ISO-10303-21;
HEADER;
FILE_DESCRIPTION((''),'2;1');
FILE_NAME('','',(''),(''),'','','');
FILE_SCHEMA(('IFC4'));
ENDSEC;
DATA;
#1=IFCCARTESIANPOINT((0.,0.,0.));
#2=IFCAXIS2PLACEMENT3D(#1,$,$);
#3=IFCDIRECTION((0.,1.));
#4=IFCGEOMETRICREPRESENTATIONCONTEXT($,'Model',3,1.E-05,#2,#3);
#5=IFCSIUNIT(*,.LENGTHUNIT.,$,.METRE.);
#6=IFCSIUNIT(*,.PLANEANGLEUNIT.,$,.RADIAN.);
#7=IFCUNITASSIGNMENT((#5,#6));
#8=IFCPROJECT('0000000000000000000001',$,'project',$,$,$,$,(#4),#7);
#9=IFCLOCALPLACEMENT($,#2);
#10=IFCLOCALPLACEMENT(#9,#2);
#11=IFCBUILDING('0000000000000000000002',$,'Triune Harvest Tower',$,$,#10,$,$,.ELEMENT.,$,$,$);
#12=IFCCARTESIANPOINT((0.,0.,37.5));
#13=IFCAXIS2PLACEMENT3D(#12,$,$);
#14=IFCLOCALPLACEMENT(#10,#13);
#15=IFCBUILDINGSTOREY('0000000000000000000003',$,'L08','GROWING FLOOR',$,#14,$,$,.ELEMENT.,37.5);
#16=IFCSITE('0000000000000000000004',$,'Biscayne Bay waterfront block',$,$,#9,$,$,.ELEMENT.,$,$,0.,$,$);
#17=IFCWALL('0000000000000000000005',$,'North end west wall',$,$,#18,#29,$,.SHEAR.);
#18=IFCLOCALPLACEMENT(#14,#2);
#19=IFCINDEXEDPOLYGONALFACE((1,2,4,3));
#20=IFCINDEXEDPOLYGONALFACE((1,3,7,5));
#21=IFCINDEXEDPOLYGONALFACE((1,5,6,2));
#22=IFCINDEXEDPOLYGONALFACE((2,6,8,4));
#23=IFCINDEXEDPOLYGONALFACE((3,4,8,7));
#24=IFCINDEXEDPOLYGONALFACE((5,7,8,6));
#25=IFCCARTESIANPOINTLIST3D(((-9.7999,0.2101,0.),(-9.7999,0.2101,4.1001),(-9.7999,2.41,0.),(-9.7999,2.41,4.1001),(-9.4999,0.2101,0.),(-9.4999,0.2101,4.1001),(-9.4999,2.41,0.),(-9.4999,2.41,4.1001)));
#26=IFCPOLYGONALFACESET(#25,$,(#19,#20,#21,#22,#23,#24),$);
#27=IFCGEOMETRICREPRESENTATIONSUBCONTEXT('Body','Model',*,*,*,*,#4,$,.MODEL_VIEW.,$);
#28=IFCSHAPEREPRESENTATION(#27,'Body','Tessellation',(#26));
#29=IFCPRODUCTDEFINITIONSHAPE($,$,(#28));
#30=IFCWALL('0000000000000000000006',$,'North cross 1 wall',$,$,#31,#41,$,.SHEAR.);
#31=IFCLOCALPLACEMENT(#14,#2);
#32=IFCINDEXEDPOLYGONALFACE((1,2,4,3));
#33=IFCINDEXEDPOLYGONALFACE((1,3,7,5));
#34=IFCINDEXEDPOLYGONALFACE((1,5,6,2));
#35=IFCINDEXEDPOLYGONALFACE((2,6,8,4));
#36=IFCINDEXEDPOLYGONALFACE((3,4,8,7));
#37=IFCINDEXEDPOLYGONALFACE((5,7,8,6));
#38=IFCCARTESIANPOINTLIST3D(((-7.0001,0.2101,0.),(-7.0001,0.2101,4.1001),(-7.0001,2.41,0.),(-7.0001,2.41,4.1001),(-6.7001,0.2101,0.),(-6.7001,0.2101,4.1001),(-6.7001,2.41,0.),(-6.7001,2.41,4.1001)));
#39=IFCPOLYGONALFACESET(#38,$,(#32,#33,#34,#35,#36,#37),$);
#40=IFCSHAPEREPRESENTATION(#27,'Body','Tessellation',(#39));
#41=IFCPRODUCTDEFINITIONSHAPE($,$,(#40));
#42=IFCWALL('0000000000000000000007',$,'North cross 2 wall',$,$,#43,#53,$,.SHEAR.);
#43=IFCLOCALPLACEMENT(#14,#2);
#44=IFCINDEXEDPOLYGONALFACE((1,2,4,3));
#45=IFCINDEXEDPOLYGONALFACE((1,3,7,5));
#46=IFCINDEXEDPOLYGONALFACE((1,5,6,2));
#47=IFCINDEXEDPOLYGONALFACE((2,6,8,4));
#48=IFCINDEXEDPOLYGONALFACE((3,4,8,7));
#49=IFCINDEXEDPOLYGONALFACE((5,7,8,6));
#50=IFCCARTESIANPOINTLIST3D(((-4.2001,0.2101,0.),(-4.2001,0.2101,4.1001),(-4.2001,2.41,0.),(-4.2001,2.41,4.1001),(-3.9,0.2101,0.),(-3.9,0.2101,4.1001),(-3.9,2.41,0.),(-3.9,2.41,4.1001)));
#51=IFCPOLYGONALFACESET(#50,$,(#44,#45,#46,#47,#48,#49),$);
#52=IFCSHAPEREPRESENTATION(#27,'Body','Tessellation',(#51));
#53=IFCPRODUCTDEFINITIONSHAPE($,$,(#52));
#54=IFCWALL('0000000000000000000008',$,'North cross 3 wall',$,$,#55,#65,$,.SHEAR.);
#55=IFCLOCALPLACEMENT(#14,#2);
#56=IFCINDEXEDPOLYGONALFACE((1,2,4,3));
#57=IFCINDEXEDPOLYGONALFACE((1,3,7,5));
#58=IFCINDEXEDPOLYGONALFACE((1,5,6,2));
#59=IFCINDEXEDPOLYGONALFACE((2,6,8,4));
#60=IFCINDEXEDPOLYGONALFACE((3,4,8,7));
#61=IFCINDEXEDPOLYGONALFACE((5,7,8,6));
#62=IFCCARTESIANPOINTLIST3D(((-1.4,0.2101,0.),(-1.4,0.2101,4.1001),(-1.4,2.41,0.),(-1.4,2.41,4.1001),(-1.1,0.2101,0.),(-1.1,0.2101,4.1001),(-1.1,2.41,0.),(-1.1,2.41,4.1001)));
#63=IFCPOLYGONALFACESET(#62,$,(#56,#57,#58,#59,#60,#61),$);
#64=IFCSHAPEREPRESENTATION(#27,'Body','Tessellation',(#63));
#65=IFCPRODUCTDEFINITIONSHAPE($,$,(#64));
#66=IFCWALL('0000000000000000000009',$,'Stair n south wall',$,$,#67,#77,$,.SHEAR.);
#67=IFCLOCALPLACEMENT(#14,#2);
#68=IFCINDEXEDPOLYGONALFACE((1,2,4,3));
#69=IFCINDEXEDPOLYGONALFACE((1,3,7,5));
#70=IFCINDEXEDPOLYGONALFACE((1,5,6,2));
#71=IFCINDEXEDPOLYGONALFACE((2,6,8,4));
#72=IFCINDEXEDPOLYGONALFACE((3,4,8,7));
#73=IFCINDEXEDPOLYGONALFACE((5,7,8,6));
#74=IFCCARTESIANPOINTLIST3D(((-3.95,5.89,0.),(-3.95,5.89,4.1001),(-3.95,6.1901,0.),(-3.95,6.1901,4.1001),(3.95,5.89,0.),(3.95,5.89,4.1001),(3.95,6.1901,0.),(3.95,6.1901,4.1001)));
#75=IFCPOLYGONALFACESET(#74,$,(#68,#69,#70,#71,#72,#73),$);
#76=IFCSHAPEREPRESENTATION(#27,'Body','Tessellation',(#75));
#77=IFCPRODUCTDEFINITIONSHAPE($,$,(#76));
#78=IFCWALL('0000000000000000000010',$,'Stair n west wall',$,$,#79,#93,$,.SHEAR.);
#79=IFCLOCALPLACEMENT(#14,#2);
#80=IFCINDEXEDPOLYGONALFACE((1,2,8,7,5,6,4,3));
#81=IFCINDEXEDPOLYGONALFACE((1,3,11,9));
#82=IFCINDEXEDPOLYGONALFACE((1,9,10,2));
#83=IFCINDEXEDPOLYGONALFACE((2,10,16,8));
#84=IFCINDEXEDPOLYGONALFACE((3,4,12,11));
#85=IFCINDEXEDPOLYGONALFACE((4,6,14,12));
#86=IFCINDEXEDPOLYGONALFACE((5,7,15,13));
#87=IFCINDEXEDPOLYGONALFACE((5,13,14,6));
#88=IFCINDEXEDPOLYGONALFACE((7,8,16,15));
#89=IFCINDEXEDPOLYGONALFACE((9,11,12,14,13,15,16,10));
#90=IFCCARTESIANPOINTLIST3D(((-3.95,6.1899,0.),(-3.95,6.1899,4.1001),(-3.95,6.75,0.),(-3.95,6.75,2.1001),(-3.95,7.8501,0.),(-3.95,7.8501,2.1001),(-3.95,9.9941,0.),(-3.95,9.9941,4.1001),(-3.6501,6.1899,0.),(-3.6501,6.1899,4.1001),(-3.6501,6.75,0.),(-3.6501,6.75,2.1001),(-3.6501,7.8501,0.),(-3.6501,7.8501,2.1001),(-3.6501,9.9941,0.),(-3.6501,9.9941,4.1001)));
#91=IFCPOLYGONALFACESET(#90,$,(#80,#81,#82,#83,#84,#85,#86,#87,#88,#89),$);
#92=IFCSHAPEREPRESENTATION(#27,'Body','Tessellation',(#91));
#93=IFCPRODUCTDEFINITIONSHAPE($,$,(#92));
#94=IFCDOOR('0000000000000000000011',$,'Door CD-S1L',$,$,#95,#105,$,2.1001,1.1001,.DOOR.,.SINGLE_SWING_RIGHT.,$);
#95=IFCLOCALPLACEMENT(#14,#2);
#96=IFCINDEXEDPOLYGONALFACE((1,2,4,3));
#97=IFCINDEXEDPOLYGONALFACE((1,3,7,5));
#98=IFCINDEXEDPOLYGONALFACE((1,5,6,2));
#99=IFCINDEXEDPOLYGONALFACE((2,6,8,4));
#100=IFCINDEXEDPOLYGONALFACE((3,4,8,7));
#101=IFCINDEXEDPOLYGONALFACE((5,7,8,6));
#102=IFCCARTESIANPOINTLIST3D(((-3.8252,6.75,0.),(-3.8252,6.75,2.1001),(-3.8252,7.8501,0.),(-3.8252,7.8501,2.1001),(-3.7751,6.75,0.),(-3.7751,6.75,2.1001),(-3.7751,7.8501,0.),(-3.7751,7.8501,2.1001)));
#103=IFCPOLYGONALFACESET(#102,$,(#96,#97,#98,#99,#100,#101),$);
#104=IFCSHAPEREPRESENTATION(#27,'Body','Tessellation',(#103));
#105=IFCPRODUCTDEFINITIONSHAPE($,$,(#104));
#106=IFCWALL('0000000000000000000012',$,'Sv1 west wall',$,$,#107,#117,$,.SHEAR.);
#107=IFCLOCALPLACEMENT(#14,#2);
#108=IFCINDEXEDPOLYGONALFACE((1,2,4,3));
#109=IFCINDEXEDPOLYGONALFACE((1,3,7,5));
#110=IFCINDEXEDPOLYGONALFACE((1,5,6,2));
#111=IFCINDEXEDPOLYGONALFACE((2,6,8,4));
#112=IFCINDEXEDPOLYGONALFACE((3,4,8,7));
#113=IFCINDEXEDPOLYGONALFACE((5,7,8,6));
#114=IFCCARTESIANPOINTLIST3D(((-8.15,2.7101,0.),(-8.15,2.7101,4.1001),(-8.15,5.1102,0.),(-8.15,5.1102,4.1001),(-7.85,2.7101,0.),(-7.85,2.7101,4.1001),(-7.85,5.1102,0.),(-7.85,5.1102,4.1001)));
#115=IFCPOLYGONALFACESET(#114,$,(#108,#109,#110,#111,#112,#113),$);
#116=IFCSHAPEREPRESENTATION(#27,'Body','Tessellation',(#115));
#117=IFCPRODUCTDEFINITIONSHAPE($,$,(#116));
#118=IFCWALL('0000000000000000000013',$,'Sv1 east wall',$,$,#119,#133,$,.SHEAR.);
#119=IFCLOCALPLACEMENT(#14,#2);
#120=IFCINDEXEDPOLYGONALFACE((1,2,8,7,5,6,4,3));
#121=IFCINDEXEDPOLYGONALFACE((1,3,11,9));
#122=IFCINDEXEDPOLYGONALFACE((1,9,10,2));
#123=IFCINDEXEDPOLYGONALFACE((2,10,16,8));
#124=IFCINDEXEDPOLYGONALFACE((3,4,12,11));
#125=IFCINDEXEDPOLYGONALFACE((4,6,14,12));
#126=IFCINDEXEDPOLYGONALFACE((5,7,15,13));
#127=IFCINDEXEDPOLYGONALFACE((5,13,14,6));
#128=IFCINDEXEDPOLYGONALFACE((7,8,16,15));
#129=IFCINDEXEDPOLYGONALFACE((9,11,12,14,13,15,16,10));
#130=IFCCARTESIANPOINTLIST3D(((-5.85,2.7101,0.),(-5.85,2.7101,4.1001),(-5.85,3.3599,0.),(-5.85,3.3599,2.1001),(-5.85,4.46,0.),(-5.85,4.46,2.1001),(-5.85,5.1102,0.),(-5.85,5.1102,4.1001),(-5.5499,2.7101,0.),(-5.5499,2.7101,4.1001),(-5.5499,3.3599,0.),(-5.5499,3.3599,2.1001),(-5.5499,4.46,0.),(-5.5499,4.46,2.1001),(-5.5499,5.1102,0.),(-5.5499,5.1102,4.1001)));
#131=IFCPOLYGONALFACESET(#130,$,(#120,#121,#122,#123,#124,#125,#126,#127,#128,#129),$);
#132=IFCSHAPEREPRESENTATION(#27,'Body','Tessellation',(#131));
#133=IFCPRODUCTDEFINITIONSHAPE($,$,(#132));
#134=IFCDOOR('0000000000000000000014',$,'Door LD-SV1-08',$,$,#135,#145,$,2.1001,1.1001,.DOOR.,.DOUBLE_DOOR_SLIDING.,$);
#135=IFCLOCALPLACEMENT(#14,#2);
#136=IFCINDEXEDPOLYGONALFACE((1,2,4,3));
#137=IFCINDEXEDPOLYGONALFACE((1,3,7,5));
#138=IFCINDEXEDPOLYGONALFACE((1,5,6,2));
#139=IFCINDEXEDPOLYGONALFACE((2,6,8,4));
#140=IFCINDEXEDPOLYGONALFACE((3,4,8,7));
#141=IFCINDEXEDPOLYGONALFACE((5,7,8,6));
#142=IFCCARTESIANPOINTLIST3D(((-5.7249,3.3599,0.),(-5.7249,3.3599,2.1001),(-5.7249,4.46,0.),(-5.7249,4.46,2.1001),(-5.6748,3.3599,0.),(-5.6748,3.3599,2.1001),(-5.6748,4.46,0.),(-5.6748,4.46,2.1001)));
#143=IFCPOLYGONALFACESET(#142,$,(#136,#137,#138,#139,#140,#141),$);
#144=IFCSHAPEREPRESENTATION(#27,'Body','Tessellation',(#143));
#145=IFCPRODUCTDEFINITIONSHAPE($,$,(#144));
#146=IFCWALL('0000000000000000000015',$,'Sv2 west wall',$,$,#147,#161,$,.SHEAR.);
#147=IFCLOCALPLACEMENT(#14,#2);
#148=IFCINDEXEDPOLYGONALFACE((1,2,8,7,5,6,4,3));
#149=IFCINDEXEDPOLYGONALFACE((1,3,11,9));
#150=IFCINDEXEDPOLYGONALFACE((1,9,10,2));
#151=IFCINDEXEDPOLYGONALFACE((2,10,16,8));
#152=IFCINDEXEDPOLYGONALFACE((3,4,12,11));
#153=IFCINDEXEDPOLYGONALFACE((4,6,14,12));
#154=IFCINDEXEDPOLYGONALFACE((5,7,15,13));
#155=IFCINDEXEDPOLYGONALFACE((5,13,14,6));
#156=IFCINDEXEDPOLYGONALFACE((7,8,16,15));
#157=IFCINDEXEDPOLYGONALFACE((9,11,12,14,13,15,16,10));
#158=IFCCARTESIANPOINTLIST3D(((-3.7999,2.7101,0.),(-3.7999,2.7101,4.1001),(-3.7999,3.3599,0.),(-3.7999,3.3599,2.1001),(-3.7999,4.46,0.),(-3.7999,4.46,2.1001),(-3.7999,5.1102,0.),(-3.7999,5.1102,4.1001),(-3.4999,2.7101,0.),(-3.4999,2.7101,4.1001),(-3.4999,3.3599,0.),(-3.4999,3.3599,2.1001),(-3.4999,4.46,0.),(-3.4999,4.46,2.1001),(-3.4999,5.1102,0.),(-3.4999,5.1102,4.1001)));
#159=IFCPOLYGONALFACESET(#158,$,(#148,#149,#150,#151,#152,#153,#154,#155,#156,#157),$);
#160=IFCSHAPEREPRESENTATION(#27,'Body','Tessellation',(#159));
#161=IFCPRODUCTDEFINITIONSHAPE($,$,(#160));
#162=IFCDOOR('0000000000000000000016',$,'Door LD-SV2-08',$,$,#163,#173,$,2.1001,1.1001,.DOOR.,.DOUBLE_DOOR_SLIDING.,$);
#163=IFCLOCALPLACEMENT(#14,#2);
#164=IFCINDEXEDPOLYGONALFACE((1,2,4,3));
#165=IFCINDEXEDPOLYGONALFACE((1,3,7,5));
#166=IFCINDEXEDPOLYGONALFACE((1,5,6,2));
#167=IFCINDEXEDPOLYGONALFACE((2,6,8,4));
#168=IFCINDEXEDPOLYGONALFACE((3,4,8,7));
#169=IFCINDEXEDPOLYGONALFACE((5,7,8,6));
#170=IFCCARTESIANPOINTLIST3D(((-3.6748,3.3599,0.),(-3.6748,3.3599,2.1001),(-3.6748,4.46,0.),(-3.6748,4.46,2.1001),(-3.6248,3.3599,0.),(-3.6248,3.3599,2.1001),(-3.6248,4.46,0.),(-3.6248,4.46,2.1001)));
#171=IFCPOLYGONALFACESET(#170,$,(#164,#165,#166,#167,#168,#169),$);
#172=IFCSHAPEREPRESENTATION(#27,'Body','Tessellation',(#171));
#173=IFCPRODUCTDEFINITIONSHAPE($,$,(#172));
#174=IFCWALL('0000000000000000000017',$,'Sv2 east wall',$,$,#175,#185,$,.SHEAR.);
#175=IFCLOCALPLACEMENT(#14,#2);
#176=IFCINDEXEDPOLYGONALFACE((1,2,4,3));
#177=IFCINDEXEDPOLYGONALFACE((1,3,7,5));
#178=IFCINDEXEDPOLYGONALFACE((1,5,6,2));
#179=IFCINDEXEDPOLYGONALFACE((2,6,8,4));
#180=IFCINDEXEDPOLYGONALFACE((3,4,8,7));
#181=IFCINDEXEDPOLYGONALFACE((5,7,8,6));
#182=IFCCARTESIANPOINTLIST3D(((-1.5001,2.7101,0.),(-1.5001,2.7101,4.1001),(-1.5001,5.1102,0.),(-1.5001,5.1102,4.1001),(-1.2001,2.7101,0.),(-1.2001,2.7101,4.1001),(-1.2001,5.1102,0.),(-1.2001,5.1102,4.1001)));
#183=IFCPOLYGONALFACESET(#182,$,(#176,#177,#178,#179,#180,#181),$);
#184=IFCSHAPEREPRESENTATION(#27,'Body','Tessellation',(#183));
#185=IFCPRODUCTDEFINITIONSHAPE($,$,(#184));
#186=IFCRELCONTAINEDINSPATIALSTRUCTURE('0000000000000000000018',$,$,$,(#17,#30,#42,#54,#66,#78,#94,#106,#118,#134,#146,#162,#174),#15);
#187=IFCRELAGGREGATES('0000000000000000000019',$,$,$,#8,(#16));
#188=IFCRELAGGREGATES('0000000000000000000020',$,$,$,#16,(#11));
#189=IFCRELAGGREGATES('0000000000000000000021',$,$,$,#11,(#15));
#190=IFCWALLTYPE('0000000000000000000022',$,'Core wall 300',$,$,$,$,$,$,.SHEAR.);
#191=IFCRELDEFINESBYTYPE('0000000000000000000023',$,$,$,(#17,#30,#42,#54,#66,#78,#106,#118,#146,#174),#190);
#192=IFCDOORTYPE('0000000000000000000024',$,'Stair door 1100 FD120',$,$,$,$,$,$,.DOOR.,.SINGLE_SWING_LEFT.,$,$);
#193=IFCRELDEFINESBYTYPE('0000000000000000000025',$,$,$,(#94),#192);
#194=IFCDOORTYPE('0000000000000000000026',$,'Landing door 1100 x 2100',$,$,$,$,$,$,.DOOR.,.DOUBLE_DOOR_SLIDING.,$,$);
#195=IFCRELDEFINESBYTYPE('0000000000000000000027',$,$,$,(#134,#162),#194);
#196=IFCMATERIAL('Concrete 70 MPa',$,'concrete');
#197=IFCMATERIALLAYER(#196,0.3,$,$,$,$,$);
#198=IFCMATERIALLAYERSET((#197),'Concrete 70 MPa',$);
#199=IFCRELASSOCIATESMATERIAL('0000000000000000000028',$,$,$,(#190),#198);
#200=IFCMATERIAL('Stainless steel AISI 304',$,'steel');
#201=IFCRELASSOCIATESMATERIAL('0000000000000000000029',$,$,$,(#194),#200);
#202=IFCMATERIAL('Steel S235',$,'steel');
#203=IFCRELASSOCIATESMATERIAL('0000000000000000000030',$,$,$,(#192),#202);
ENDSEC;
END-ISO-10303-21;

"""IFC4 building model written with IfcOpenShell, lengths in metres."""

from ifc_helpers import new_model, si_unit, direction, frame, frame_2d, origin, place, context, subcontext, project, spatial, polyline, rectangle, outline, extrude, source, transform, mapped, material, layer, layer_set, type_object, element, fill, save


model = new_model("IFC4")

# Units and contexts
model_context = context("Model", 3, precision=1e-05, world=origin(), true_north=direction((0.0, 1.0)))
body_context = subcontext(model_context, "Body", "Model", "MODEL_VIEW")
ifc_project = project(units=[si_unit("LENGTHUNIT", "METRE"), si_unit("PLANEANGLEUNIT", "RADIAN")], contexts=[model_context])

# Site, building, storey
site_placement = place(None, origin())
site = spatial("IfcSite", under=ifc_project, at=site_placement, Name="Biscayne Bay waterfront block", CompositionType="ELEMENT", RefElevation=0.0)
building_placement = place(site_placement, origin())
building = spatial("IfcBuilding", under=site, at=building_placement, Name="Triune Harvest Tower", CompositionType="ELEMENT")
storey_placement = place(building_placement, frame((0.0, 0.0, 37.5)))
storey = spatial("IfcBuildingStorey", under=building, at=storey_placement, Name="L08", Description="GROWING FLOOR", CompositionType="ELEMENT", Elevation=37.5)

# Shared definitions
ifc_material_1 = material(Name="Concrete 70 MPa", Category="concrete")
ifc_layer_1 = layer(ifc_material_1, 0.3)
ifc_layer_set_1 = layer_set([ifc_layer_1], Name="Concrete 70 MPa")
wall_type = type_object("IfcWallType", Name="Core wall 300", PredefinedType="SHEAR", material=ifc_layer_set_1)
ifc_material_2 = material(Name="Stainless steel AISI 304", Category="steel")
door_type_1 = type_object("IfcDoorType", Name="Landing door 1100 x 2100", OperationType="DOUBLE_DOOR_SLIDING", PredefinedType="DOOR", material=ifc_material_2)

# Walls
shared_shape_1 = source(origin(), body_context, "Body", "SweptSolid", [
    extrude(rectangle(XDim=2.2, YDim=0.3, at=frame_2d((1.1001, 0.0))), origin(), (0.0, 0.0, 1.0), 4.1001),
])
for number, where, z_axis, x_axis, name in (
    (1, (-9.6499, 0.21, 0.0), (0.0, 0.0, 1.0), (0.0, 1.0, 0.0), "North end west wall"),
    (2, (-6.8501, 0.21, 0.0), (0.0, 0.0, 1.0), (0.0, 1.0, 0.0), "North cross 1 wall"),
    (3, (-4.05, 0.21, 0.0), (0.0, 0.0, 1.0), (0.0, 1.0, 0.0), "North cross 2 wall"),
    (4, (-1.25, 0.21, 0.0), (0.0, 0.0, 1.0), (0.0, 1.0, 0.0), "North cross 3 wall"),
):
    element("IfcWall", number, at=place(storey_placement, frame(where, z_axis=z_axis, x_axis=x_axis)), inside=storey, type_object=wall_type, Name=name, PredefinedType="SHEAR", context=body_context, shape_type="MappedRepresentation", body=[
        mapped(shared_shape_1, transform((0.0, 0.0, 0.0), scale=1.0)),
    ])
shared_shape_2 = source(origin(), body_context, "Body", "SweptSolid", [
    extrude(rectangle(XDim=7.8999, YDim=0.3, at=frame_2d((3.95, 0.0))), origin(), (0.0, 0.0, 1.0), 4.1001),
])
wall_1_placement = place(storey_placement, frame((-3.95, 6.04, 0.0), z_axis=(0.0, 0.0, 1.0), x_axis=(1.0, 0.0, 0.0)))
element("IfcWall", 5, at=wall_1_placement, inside=storey, type_object=wall_type, Name="Stair n south wall", PredefinedType="SHEAR", context=body_context, shape_type="MappedRepresentation", body=[
    mapped(shared_shape_2, transform((0.0, 0.0, 0.0), scale=1.0)),
])

# Wall, opening, door
shared_shape_3 = source(origin(), body_context, "Body", "SweptSolid", [
    extrude(outline(polyline([(0.0, -0.1499), (0.0, 0.1499), (3.8042, 0.1499), (3.8042, -0.1499), (0.0, -0.1499)])), origin(), (0.0, 0.0, 1.0), 4.1001),
])
wall_2_placement = place(storey_placement, frame((-3.8, 6.1899, 0.0), z_axis=(0.0, 0.0, 1.0), x_axis=(0.0, 1.0, 0.0)))
wall_2 = element("IfcWall", 6, at=wall_2_placement, inside=storey, type_object=wall_type, Name="Stair n west wall", PredefinedType="SHEAR", context=body_context, shape_type="MappedRepresentation", body=[
    mapped(shared_shape_3, transform((0.0, 0.0, 0.0), scale=1.0)),
])
opening_1_placement = place(wall_2_placement, frame((0.5601, 0.0, 0.0)))
opening_1 = element("IfcOpeningElement", 7, at=opening_1_placement, cuts=wall_2, PredefinedType="OPENING", context=body_context, shape_type="SweptSolid", body=[
    extrude(rectangle(XDim=1.1001, YDim=2.1001, at=frame_2d((0.55, 1.05))), frame((0.0, 0.1602, 0.0), z_axis=(0.0, -1.0, 0.0), x_axis=(1.0, 0.0, 0.0)), (0.0, 0.0, 1.0), 0.3201),
])
ifc_material_3 = material(Name="Steel S235", Category="steel")
door_type_2 = type_object("IfcDoorType", Name="Stair door 1100 FD120", OperationType="SINGLE_SWING_LEFT", PredefinedType="DOOR", material=ifc_material_3)
door_1_placement = place(opening_1_placement, frame((1.1001, 0.0, 0.0), z_axis=(0.0, 0.0, 1.0), x_axis=(-1.0, 0.0, 0.0)))
door_1 = element("IfcDoor", 8, at=door_1_placement, inside=storey, type_object=door_type_2, Name="Door CD-S1L", OperationType="SINGLE_SWING_RIGHT", OverallHeight=2.1001, OverallWidth=1.1001, PredefinedType="DOOR", context=body_context, shape_type="SweptSolid", body=[
    extrude(rectangle(XDim=1.1001, YDim=2.1001, at=frame_2d((0.55, 1.05))), frame((0.0, 0.0249, 0.0), z_axis=(0.0, -1.0, 0.0), x_axis=(1.0, 0.0, 0.0)), (0.0, 0.0, 1.0), 0.05),
])
fill(opening_1, door_1)

# Wall
shared_shape_4 = source(origin(), body_context, "Body", "SweptSolid", [
    extrude(rectangle(XDim=2.4001, YDim=0.3, at=frame_2d((1.2002, 0.0))), origin(), (0.0, 0.0, 1.0), 4.1001),
])
wall_3_placement = place(storey_placement, frame((-8.0, 2.71, 0.0), z_axis=(0.0, 0.0, 1.0), x_axis=(0.0, 1.0, 0.0)))
element("IfcWall", 9, at=wall_3_placement, inside=storey, type_object=wall_type, Name="Sv1 west wall", PredefinedType="SHEAR", context=body_context, shape_type="MappedRepresentation", body=[
    mapped(shared_shape_4, transform((0.0, 0.0, 0.0), scale=1.0)),
])

# Walls, openings, doors
wall_4_placement = place(storey_placement, frame((-5.7, 2.71, 0.0), z_axis=(0.0, 0.0, 1.0), x_axis=(0.0, 1.0, 0.0)))
wall_4 = element("IfcWall", 10, at=wall_4_placement, inside=storey, type_object=wall_type, Name="Sv1 east wall", PredefinedType="SHEAR", context=body_context, shape_type="MappedRepresentation", body=[
    mapped(shared_shape_4, transform((0.0, 0.0, 0.0), scale=1.0)),
])
opening_2_placement = place(wall_4_placement, frame((0.6499, 0.0, 0.0)))
opening_2 = element("IfcOpeningElement", 11, at=opening_2_placement, cuts=wall_4, PredefinedType="OPENING", context=body_context, shape_type="SweptSolid", body=[
    extrude(rectangle(XDim=1.1001, YDim=2.1001, at=frame_2d((0.55, 1.05))), frame((0.0, 0.1602, 0.0), z_axis=(0.0, -1.0, 0.0), x_axis=(1.0, 0.0, 0.0)), (0.0, 0.0, 1.0), 0.3201),
])
door_2_placement = place(opening_2_placement, origin())
door_2 = element("IfcDoor", 12, at=door_2_placement, inside=storey, type_object=door_type_1, Name="Door LD-SV1-08", OperationType="DOUBLE_DOOR_SLIDING", OverallHeight=2.1001, OverallWidth=1.1001, PredefinedType="DOOR", context=body_context, shape_type="SweptSolid", body=[
    extrude(rectangle(XDim=1.1001, YDim=2.1001, at=frame_2d((0.55, 1.05))), frame((0.0, 0.0249, 0.0), z_axis=(0.0, -1.0, 0.0), x_axis=(1.0, 0.0, 0.0)), (0.0, 0.0, 1.0), 0.05),
])
fill(opening_2, door_2)
wall_5_placement = place(storey_placement, frame((-3.6499, 2.71, 0.0), z_axis=(0.0, 0.0, 1.0), x_axis=(0.0, 1.0, 0.0)))
wall_5 = element("IfcWall", 13, at=wall_5_placement, inside=storey, type_object=wall_type, Name="Sv2 west wall", PredefinedType="SHEAR", context=body_context, shape_type="MappedRepresentation", body=[
    mapped(shared_shape_4, transform((0.0, 0.0, 0.0), scale=1.0)),
])
opening_3_placement = place(wall_5_placement, frame((0.6499, 0.0, 0.0)))
opening_3 = element("IfcOpeningElement", 14, at=opening_3_placement, cuts=wall_5, PredefinedType="OPENING", context=body_context, shape_type="SweptSolid", body=[
    extrude(rectangle(XDim=1.1001, YDim=2.1001, at=frame_2d((0.55, 1.05))), frame((0.0, 0.1602, 0.0), z_axis=(0.0, -1.0, 0.0), x_axis=(1.0, 0.0, 0.0)), (0.0, 0.0, 1.0), 0.3201),
])
door_3_placement = place(opening_3_placement, origin())
door_3 = element("IfcDoor", 15, at=door_3_placement, inside=storey, type_object=door_type_1, Name="Door LD-SV2-08", OperationType="DOUBLE_DOOR_SLIDING", OverallHeight=2.1001, OverallWidth=1.1001, PredefinedType="DOOR", context=body_context, shape_type="SweptSolid", body=[
    extrude(rectangle(XDim=1.1001, YDim=2.1001, at=frame_2d((0.55, 1.05))), frame((0.0, 0.0249, 0.0), z_axis=(0.0, -1.0, 0.0), x_axis=(1.0, 0.0, 0.0)), (0.0, 0.0, 1.0), 0.05),
])
fill(opening_3, door_3)

# Wall
wall_6_placement = place(storey_placement, frame((-1.3501, 2.71, 0.0), z_axis=(0.0, 0.0, 1.0), x_axis=(0.0, 1.0, 0.0)))
element("IfcWall", 16, at=wall_6_placement, inside=storey, type_object=wall_type, Name="Sv2 east wall", PredefinedType="SHEAR", context=body_context, shape_type="MappedRepresentation", body=[
    mapped(shared_shape_4, transform((0.0, 0.0, 0.0), scale=1.0)),
])

save(model, "model.ifc")
